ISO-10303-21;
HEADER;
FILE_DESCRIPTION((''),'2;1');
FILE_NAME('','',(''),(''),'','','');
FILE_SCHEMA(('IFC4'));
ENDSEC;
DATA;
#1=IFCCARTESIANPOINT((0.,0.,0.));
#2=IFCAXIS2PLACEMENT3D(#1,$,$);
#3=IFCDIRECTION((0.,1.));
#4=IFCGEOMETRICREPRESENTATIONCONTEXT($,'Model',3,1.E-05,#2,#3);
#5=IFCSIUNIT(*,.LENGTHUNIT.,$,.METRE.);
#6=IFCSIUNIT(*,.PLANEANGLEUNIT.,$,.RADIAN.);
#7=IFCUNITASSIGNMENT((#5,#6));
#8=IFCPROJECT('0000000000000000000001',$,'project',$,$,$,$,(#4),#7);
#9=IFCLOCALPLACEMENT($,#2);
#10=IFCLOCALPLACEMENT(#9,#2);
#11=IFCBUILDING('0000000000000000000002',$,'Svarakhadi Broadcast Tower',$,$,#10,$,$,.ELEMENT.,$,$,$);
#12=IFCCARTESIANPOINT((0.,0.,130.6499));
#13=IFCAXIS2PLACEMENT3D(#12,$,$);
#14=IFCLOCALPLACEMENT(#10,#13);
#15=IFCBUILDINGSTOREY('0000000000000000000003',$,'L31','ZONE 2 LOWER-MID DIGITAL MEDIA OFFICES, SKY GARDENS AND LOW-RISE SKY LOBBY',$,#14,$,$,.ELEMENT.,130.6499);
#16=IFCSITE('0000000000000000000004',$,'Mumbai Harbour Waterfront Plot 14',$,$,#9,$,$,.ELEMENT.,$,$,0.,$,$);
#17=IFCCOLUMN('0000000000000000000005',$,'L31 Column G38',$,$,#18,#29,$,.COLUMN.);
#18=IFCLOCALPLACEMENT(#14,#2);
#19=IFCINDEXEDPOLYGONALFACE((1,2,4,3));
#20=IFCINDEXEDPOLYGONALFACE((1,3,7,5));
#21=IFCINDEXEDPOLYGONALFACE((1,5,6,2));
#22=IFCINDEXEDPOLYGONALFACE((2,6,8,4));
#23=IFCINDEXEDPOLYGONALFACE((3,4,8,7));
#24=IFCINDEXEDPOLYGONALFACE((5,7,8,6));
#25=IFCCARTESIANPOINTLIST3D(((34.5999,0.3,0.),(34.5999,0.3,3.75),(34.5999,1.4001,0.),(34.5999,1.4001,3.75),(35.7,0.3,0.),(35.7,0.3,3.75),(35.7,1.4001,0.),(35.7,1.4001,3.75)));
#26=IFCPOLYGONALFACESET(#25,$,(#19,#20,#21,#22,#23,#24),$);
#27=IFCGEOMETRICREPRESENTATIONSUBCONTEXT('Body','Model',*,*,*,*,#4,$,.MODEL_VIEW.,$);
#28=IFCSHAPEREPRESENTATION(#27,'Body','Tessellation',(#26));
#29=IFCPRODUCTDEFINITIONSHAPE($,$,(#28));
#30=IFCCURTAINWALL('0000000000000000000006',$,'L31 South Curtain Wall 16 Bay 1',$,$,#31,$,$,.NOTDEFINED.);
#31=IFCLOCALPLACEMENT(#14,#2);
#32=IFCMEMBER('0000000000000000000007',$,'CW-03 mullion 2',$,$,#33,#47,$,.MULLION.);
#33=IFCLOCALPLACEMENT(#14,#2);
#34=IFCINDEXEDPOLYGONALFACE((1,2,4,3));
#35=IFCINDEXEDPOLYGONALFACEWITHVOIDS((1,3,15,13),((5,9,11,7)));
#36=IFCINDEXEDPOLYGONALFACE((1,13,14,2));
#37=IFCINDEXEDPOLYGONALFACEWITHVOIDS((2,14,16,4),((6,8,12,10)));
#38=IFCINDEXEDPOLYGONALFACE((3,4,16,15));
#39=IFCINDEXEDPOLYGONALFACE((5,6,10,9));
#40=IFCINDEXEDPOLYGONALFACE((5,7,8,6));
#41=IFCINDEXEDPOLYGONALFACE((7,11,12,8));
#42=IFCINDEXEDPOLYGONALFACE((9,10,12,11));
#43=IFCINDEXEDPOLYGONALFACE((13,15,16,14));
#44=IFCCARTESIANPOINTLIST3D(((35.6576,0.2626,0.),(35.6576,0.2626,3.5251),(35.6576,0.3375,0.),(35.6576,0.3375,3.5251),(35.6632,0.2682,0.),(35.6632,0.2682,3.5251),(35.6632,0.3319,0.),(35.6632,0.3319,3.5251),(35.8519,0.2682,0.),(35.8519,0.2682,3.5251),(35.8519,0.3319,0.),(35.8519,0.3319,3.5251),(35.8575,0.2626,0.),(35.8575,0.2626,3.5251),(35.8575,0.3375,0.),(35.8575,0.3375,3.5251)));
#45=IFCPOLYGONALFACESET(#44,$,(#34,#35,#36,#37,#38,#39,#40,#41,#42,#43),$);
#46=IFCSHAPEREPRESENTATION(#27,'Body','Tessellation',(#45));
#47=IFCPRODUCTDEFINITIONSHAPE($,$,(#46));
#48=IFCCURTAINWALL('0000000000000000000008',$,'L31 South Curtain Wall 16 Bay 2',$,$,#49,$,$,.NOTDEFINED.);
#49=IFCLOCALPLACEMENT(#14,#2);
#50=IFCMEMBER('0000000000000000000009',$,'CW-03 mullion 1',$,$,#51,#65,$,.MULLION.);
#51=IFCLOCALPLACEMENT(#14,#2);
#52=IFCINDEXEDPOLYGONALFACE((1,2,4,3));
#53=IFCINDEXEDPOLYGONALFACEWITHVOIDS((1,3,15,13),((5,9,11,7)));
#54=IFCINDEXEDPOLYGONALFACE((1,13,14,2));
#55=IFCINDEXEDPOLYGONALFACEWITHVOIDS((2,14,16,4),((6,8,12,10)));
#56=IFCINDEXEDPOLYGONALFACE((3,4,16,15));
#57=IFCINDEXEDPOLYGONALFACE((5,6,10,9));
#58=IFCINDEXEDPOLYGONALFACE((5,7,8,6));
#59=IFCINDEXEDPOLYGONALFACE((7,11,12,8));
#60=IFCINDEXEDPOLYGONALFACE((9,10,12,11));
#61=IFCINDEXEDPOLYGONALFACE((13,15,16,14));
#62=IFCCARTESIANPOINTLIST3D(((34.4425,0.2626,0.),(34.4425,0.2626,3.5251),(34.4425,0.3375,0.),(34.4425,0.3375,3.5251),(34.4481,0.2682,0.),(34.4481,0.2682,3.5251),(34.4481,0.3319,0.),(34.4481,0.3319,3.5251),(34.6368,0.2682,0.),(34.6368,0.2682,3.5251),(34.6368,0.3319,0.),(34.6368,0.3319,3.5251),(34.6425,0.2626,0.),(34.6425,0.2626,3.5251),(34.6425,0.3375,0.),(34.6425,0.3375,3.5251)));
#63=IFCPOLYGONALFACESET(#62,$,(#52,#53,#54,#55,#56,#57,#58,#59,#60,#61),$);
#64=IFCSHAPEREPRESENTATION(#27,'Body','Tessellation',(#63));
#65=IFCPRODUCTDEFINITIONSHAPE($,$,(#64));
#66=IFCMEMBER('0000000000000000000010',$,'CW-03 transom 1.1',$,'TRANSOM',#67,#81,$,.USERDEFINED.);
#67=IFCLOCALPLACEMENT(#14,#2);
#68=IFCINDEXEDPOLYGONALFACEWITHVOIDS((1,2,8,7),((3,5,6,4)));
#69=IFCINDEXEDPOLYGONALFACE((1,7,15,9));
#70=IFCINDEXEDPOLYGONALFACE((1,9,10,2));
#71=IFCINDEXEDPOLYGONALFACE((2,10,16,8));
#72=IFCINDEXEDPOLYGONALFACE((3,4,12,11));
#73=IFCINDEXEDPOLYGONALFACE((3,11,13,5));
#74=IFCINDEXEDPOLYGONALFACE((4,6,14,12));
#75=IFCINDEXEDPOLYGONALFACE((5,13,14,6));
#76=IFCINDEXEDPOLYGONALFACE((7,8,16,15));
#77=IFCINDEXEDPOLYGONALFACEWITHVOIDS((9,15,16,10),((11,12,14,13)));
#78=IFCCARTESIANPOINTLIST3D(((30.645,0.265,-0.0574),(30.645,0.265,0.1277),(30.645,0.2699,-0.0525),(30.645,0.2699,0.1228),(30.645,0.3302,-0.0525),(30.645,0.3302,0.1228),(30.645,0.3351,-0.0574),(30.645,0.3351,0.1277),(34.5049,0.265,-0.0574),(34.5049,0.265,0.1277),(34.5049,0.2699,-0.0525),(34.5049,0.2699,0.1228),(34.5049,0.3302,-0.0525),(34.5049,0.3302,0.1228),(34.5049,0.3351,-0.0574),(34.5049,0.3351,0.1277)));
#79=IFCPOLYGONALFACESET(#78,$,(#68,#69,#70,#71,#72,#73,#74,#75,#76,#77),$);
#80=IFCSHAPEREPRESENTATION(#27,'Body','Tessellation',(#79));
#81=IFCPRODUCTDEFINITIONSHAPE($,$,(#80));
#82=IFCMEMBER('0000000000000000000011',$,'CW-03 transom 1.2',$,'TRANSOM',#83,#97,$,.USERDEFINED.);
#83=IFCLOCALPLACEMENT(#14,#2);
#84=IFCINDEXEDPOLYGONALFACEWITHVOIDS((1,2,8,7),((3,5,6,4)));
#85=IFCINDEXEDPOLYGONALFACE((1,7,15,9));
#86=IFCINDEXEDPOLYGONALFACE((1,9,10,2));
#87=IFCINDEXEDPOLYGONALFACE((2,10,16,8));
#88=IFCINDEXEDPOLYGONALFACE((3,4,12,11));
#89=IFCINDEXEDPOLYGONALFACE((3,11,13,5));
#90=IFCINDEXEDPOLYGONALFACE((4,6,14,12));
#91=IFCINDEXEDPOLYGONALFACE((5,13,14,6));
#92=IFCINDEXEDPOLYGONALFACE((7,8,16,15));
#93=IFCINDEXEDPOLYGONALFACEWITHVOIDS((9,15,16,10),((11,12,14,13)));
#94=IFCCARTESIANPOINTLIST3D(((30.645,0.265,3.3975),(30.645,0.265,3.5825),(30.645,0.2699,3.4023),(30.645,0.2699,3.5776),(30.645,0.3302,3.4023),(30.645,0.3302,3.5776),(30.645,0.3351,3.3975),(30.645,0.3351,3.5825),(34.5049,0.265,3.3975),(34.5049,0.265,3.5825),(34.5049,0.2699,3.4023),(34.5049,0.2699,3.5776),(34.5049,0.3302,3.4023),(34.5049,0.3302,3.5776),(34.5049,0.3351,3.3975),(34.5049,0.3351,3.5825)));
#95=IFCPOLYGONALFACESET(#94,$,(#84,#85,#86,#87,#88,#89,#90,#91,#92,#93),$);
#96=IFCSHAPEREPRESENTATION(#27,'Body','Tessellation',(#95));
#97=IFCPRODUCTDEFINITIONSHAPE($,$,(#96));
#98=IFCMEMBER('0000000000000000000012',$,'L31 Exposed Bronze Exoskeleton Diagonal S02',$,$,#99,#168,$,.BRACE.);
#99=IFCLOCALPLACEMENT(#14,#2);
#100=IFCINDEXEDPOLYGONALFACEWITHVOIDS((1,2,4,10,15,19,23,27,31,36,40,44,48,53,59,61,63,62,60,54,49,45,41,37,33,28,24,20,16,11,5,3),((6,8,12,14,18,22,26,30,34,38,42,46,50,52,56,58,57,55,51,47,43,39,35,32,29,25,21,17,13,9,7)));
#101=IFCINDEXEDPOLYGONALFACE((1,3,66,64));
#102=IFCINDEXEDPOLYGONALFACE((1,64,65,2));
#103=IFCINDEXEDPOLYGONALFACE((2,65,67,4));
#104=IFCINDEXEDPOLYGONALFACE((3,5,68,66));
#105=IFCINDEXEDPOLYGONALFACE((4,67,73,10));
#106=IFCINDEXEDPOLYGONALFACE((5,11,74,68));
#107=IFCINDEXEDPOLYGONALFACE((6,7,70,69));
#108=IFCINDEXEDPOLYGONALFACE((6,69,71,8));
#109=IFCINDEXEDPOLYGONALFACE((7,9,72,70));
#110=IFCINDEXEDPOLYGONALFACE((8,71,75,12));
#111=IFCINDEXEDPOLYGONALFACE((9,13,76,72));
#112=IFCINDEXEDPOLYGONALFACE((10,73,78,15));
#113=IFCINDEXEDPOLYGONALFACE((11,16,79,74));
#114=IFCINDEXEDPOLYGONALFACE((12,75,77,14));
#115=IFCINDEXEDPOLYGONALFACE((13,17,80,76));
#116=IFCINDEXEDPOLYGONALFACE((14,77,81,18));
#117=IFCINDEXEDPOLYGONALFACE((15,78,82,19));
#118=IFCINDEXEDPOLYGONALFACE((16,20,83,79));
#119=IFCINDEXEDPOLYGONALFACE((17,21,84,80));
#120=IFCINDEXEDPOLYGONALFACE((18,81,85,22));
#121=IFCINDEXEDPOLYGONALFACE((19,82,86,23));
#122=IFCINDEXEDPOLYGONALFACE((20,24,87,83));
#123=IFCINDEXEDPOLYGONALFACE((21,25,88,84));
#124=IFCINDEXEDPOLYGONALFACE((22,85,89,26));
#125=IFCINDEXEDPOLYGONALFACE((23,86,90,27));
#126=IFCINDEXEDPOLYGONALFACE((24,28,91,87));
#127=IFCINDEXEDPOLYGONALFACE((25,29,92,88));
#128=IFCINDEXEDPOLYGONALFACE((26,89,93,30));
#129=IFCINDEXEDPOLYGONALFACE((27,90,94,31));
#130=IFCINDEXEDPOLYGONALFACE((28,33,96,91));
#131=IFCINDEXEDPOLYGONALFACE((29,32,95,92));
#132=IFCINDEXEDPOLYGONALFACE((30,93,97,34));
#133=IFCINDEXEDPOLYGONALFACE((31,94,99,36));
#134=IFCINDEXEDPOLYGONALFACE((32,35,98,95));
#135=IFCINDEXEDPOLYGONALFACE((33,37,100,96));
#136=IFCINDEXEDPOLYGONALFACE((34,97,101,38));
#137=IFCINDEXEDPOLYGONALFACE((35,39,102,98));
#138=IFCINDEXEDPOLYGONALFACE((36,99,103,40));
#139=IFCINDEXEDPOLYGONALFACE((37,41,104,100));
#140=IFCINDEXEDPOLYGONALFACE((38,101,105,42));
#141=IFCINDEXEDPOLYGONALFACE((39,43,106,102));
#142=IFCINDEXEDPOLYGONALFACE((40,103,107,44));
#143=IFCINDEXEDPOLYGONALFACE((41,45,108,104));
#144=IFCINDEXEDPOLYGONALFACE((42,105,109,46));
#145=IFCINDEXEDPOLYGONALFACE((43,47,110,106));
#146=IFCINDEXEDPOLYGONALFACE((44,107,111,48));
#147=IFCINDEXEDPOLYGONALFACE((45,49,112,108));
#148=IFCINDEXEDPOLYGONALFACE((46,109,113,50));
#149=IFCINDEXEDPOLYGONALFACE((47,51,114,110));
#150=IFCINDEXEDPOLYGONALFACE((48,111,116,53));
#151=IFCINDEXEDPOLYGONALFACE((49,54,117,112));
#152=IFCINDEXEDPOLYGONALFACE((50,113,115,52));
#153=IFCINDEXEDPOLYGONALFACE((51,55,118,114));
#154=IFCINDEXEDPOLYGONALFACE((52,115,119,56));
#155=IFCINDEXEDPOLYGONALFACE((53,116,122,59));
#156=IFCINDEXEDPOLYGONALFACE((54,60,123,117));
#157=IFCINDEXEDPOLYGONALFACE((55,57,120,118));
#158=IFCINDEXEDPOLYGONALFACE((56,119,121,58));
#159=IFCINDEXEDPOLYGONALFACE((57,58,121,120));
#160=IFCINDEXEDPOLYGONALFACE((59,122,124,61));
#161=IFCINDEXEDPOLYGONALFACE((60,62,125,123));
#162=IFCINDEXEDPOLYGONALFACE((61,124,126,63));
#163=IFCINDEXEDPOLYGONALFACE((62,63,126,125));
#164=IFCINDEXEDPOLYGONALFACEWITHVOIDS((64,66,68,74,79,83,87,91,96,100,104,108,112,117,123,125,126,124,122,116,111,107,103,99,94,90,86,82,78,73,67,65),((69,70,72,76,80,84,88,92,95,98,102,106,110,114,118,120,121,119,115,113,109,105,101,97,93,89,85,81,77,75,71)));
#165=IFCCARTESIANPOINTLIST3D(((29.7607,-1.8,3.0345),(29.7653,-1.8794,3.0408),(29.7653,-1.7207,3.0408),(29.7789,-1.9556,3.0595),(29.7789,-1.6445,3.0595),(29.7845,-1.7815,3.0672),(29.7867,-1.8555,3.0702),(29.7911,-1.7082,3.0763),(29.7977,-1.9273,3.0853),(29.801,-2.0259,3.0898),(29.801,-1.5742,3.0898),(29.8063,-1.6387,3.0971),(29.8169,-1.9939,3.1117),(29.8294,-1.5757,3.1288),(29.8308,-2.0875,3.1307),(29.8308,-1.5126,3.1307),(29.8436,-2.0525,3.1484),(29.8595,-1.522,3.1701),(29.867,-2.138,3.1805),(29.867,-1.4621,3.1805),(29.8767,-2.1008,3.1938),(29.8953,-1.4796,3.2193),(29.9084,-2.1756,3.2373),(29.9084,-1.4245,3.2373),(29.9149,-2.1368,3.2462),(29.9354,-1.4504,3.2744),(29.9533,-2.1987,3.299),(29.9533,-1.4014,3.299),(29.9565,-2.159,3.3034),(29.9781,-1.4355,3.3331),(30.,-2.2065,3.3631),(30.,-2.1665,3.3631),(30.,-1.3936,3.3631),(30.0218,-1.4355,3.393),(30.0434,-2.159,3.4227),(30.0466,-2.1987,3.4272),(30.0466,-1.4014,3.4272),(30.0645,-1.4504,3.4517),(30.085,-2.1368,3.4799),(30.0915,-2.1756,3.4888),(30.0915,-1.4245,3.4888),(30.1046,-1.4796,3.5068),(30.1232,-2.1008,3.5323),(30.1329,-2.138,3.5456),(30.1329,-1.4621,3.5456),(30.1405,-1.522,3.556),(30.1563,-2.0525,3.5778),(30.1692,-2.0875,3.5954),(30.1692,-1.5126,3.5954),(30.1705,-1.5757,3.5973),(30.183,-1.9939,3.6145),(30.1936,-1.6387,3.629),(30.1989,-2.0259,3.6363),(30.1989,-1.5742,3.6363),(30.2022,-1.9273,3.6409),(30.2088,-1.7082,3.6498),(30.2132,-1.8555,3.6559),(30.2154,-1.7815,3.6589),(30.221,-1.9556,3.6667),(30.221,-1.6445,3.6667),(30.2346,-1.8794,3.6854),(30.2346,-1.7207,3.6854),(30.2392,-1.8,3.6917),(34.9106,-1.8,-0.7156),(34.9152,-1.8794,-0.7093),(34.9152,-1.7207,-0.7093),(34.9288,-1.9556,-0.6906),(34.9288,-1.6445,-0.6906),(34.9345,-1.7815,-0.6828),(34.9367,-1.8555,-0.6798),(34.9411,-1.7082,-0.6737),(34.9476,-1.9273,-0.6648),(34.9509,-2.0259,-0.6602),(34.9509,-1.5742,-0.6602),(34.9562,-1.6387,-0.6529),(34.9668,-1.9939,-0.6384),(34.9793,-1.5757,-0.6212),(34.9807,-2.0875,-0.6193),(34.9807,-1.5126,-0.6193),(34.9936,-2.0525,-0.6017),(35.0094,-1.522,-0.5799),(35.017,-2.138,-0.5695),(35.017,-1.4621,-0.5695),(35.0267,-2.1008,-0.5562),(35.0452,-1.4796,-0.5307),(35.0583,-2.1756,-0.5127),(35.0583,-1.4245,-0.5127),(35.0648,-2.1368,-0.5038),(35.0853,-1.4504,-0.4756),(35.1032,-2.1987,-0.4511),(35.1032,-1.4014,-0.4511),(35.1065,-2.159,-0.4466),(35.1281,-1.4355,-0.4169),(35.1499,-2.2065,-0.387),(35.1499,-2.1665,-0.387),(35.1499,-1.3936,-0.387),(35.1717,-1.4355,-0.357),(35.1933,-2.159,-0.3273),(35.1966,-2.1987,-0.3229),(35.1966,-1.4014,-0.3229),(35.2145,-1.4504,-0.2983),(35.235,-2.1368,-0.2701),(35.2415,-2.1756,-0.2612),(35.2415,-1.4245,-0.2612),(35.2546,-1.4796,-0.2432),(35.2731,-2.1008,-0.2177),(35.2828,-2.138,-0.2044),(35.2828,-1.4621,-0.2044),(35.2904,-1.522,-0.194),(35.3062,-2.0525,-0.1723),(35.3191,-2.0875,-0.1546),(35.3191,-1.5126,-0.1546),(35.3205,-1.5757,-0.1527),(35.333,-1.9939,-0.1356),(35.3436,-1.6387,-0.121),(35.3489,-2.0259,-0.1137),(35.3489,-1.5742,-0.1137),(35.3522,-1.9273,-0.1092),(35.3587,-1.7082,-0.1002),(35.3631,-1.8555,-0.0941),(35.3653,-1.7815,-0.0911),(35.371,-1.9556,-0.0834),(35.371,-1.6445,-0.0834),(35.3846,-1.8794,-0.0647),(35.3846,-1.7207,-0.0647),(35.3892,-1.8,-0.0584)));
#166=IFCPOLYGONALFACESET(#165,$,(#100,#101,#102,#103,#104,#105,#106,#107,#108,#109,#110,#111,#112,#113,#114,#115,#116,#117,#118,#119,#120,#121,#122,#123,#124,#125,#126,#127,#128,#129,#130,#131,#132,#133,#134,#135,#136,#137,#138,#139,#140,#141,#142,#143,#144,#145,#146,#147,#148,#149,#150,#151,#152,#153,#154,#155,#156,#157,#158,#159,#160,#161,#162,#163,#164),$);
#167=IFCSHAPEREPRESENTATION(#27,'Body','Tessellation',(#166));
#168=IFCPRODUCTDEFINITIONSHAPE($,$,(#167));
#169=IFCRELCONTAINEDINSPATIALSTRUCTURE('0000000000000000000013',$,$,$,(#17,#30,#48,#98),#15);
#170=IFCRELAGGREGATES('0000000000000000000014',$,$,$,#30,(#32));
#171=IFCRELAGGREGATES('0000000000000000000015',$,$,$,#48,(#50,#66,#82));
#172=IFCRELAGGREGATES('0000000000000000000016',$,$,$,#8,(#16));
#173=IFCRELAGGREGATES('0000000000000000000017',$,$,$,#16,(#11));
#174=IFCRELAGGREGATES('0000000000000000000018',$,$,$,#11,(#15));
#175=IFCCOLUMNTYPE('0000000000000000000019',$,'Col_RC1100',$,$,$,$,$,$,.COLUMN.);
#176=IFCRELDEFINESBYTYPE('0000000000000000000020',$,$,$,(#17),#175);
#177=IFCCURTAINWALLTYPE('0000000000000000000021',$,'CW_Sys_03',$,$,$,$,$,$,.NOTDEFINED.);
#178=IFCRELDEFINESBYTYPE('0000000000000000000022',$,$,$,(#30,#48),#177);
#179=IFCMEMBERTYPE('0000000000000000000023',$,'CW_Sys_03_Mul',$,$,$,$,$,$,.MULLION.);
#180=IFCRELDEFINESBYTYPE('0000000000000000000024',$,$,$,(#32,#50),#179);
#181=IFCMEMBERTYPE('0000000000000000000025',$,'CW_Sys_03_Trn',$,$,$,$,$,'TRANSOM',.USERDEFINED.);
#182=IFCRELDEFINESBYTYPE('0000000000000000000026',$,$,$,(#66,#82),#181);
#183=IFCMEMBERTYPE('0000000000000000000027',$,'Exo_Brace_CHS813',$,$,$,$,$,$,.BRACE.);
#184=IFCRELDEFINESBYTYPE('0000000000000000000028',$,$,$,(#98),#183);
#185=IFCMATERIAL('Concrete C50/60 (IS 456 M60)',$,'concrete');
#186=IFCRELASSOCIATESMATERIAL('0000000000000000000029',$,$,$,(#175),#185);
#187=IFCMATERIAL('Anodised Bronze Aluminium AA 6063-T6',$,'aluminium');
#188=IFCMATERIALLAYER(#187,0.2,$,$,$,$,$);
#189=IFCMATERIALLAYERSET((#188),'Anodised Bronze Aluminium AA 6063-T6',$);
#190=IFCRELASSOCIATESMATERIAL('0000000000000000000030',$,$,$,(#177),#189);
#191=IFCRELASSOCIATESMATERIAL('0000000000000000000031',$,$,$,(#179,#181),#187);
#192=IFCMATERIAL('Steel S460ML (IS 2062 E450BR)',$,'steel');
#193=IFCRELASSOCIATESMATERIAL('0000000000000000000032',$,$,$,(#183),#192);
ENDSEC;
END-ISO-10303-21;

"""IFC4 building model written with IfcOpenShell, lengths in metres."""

from ifc_helpers import new_model, si_unit, direction, frame, origin, origin_2d, place, context, subcontext, project, spatial, rectangle, hollow_rectangle, hollow_circle, extrude, material, layer, layer_set, material_profile, profile_set, type_object, element, aggregate, save


model = new_model("IFC4")

# Units and contexts
model_context = context("Model", 3, precision=1e-05, world=origin(), true_north=direction((0.0, 1.0)))
body_context = subcontext(model_context, "Body", "Model", "MODEL_VIEW")
ifc_project = project(units=[si_unit("LENGTHUNIT", "METRE"), si_unit("PLANEANGLEUNIT", "RADIAN")], contexts=[model_context])

# Site, building, storey
site_placement = place(None, origin())
site = spatial("IfcSite", under=ifc_project, at=site_placement, Name="Mumbai Harbour Waterfront Plot 14", CompositionType="ELEMENT", RefElevation=0.0)
building_placement = place(site_placement, origin())
building = spatial("IfcBuilding", under=site, at=building_placement, Name="Svarakhadi Broadcast Tower", CompositionType="ELEMENT")
storey_placement = place(building_placement, frame((0.0, 0.0, 130.6499)))
storey = spatial("IfcBuildingStorey", under=building, at=storey_placement, Name="L31", Description="ZONE 2 LOWER-MID DIGITAL MEDIA OFFICES, SKY GARDENS AND LOW-RISE SKY LOBBY", CompositionType="ELEMENT", Elevation=130.6499)

# Column
ifc_material_1 = material(Name="Concrete C50/60 (IS 456 M60)", Category="concrete")
ifc_material_profile_1 = material_profile(ifc_material_1, rectangle(XDim=1.1001, YDim=1.1001, at=origin_2d()), Name="RC 1100x1100")
ifc_profile_set_1 = profile_set([ifc_material_profile_1], Name="Concrete C50/60 (IS 456 M60)")
column_type = type_object("IfcColumnType", Name="Col_RC1100", PredefinedType="COLUMN", material=ifc_profile_set_1)
column_placement = place(storey_placement, frame((35.1499, 0.8501, 0.0), z_axis=(0.0, 0.0, 1.0), x_axis=(1.0, 0.0, 0.0)))
element("IfcColumn", 1, at=column_placement, inside=storey, type_object=column_type, Name="L31 Column G38", PredefinedType="COLUMN", context=body_context, shape_type="SweptSolid", body=[
    extrude(rectangle(XDim=1.1001, YDim=1.1001, at=origin_2d()), origin(), (0.0, 0.0, 1.0), 3.75),
])

# Curtain wall, member
ifc_material_2 = material(Name="Anodised Bronze Aluminium AA 6063-T6", Category="aluminium")
ifc_layer_1 = layer(ifc_material_2, 0.2)
ifc_layer_set_1 = layer_set([ifc_layer_1], Name="Anodised Bronze Aluminium AA 6063-T6")
curtain_wall_type = type_object("IfcCurtainWallType", Name="CW_Sys_03", PredefinedType="NOTDEFINED", material=ifc_layer_set_1)
curtain_wall_1_placement = place(storey_placement, origin())
curtain_wall_1 = element("IfcCurtainWall", 2, at=curtain_wall_1_placement, inside=storey, type_object=curtain_wall_type, Name="L31 South Curtain Wall 16 Bay 1", PredefinedType="NOTDEFINED")
ifc_material_profile_2 = material_profile(ifc_material_2, hollow_rectangle(XDim=0.075, YDim=0.2, WallThickness=0.0056, at=origin_2d()), Name="ALU MULLION 200x75x6")
ifc_profile_set_2 = profile_set([ifc_material_profile_2], Name="Anodised Bronze Aluminium AA 6063-T6")
member_type_1 = type_object("IfcMemberType", Name="CW_Sys_03_Mul", PredefinedType="MULLION", material=ifc_profile_set_2)
member_1_placement = place(storey_placement, frame((35.7576, 0.3, 0.0), z_axis=(0.0, 0.0, 1.0), x_axis=(0.0, -1.0, 0.0)))
member_1 = element("IfcMember", 3, at=member_1_placement, type_object=member_type_1, Name="CW-03 mullion 2", PredefinedType="MULLION", context=body_context, shape_type="SweptSolid", body=[
    extrude(hollow_rectangle(XDim=0.075, YDim=0.2, WallThickness=0.0056, at=origin_2d()), origin(), (0.0, 0.0, 1.0), 3.5251),
])
aggregate(curtain_wall_1, [member_1])

# Curtain wall, members
curtain_wall_2_placement = place(storey_placement, origin())
curtain_wall_2 = element("IfcCurtainWall", 4, at=curtain_wall_2_placement, inside=storey, type_object=curtain_wall_type, Name="L31 South Curtain Wall 16 Bay 2", PredefinedType="NOTDEFINED")
member_2_placement = place(storey_placement, frame((34.5425, 0.3, 0.0), z_axis=(0.0, 0.0, 1.0), x_axis=(0.0, -1.0, 0.0)))
member_2 = element("IfcMember", 5, at=member_2_placement, type_object=member_type_1, Name="CW-03 mullion 1", PredefinedType="MULLION", context=body_context, shape_type="SweptSolid", body=[
    extrude(hollow_rectangle(XDim=0.075, YDim=0.2, WallThickness=0.0056, at=origin_2d()), origin(), (0.0, 0.0, 1.0), 3.5251),
])
ifc_material_profile_3 = material_profile(ifc_material_2, hollow_rectangle(XDim=0.0701, YDim=0.1851, WallThickness=0.0049, at=origin_2d()), Name="ALU TRANSOM 185x70x5")
ifc_profile_set_3 = profile_set([ifc_material_profile_3], Name="Anodised Bronze Aluminium AA 6063-T6")
member_type_2 = type_object("IfcMemberType", Name="CW_Sys_03_Trn", ElementType="TRANSOM", PredefinedType="USERDEFINED", material=ifc_profile_set_3)
member_3_placement = place(storey_placement, frame((34.5049, 0.3, 0.0352), z_axis=(-1.0, 0.0, 0.0), x_axis=(0.0, -1.0, 0.0)))
member_3 = element("IfcMember", 6, at=member_3_placement, type_object=member_type_2, Name="CW-03 transom 1.1", ObjectType="TRANSOM", PredefinedType="USERDEFINED", context=body_context, shape_type="SweptSolid", body=[
    extrude(hollow_rectangle(XDim=0.0701, YDim=0.1851, WallThickness=0.0049, at=origin_2d()), origin(), (0.0, 0.0, 1.0), 3.8599),
])
member_4_placement = place(storey_placement, frame((34.5049, 0.3, 3.49), z_axis=(-1.0, 0.0, 0.0), x_axis=(0.0, -1.0, 0.0)))
member_4 = element("IfcMember", 7, at=member_4_placement, type_object=member_type_2, Name="CW-03 transom 1.2", ObjectType="TRANSOM", PredefinedType="USERDEFINED", context=body_context, shape_type="SweptSolid", body=[
    extrude(hollow_rectangle(XDim=0.0701, YDim=0.1851, WallThickness=0.0049, at=origin_2d()), origin(), (0.0, 0.0, 1.0), 3.8599),
])
aggregate(curtain_wall_2, [member_2, member_3, member_4])

# Member
ifc_material_3 = material(Name="Steel S460ML (IS 2062 E450BR)", Category="steel")
ifc_material_profile_4 = material_profile(ifc_material_3, hollow_circle(Radius=0.4065, WallThickness=0.04, at=origin_2d()), Name="CHS 813x40")
ifc_profile_set_4 = profile_set([ifc_material_profile_4], Name="Steel S460ML (IS 2062 E450BR)")
member_type_3 = type_object("IfcMemberType", Name="Exo_Brace_CHS813", PredefinedType="BRACE", material=ifc_profile_set_4)
member_5_placement = place(storey_placement, frame((35.1499, -1.8, -0.387), z_axis=(-0.808391, 0.0, 0.588646), x_axis=(0.0, -1.0, 0.0)))
element("IfcMember", 8, at=member_5_placement, inside=storey, type_object=member_type_3, Name="L31 Exposed Bronze Exoskeleton Diagonal S02", PredefinedType="BRACE", context=body_context, shape_type="SweptSolid", body=[
    extrude(hollow_circle(Radius=0.4065, WallThickness=0.04, at=origin_2d()), origin(), (0.0, 0.0, 1.0), 6.3706),
])

save(model, "model.ifc")
